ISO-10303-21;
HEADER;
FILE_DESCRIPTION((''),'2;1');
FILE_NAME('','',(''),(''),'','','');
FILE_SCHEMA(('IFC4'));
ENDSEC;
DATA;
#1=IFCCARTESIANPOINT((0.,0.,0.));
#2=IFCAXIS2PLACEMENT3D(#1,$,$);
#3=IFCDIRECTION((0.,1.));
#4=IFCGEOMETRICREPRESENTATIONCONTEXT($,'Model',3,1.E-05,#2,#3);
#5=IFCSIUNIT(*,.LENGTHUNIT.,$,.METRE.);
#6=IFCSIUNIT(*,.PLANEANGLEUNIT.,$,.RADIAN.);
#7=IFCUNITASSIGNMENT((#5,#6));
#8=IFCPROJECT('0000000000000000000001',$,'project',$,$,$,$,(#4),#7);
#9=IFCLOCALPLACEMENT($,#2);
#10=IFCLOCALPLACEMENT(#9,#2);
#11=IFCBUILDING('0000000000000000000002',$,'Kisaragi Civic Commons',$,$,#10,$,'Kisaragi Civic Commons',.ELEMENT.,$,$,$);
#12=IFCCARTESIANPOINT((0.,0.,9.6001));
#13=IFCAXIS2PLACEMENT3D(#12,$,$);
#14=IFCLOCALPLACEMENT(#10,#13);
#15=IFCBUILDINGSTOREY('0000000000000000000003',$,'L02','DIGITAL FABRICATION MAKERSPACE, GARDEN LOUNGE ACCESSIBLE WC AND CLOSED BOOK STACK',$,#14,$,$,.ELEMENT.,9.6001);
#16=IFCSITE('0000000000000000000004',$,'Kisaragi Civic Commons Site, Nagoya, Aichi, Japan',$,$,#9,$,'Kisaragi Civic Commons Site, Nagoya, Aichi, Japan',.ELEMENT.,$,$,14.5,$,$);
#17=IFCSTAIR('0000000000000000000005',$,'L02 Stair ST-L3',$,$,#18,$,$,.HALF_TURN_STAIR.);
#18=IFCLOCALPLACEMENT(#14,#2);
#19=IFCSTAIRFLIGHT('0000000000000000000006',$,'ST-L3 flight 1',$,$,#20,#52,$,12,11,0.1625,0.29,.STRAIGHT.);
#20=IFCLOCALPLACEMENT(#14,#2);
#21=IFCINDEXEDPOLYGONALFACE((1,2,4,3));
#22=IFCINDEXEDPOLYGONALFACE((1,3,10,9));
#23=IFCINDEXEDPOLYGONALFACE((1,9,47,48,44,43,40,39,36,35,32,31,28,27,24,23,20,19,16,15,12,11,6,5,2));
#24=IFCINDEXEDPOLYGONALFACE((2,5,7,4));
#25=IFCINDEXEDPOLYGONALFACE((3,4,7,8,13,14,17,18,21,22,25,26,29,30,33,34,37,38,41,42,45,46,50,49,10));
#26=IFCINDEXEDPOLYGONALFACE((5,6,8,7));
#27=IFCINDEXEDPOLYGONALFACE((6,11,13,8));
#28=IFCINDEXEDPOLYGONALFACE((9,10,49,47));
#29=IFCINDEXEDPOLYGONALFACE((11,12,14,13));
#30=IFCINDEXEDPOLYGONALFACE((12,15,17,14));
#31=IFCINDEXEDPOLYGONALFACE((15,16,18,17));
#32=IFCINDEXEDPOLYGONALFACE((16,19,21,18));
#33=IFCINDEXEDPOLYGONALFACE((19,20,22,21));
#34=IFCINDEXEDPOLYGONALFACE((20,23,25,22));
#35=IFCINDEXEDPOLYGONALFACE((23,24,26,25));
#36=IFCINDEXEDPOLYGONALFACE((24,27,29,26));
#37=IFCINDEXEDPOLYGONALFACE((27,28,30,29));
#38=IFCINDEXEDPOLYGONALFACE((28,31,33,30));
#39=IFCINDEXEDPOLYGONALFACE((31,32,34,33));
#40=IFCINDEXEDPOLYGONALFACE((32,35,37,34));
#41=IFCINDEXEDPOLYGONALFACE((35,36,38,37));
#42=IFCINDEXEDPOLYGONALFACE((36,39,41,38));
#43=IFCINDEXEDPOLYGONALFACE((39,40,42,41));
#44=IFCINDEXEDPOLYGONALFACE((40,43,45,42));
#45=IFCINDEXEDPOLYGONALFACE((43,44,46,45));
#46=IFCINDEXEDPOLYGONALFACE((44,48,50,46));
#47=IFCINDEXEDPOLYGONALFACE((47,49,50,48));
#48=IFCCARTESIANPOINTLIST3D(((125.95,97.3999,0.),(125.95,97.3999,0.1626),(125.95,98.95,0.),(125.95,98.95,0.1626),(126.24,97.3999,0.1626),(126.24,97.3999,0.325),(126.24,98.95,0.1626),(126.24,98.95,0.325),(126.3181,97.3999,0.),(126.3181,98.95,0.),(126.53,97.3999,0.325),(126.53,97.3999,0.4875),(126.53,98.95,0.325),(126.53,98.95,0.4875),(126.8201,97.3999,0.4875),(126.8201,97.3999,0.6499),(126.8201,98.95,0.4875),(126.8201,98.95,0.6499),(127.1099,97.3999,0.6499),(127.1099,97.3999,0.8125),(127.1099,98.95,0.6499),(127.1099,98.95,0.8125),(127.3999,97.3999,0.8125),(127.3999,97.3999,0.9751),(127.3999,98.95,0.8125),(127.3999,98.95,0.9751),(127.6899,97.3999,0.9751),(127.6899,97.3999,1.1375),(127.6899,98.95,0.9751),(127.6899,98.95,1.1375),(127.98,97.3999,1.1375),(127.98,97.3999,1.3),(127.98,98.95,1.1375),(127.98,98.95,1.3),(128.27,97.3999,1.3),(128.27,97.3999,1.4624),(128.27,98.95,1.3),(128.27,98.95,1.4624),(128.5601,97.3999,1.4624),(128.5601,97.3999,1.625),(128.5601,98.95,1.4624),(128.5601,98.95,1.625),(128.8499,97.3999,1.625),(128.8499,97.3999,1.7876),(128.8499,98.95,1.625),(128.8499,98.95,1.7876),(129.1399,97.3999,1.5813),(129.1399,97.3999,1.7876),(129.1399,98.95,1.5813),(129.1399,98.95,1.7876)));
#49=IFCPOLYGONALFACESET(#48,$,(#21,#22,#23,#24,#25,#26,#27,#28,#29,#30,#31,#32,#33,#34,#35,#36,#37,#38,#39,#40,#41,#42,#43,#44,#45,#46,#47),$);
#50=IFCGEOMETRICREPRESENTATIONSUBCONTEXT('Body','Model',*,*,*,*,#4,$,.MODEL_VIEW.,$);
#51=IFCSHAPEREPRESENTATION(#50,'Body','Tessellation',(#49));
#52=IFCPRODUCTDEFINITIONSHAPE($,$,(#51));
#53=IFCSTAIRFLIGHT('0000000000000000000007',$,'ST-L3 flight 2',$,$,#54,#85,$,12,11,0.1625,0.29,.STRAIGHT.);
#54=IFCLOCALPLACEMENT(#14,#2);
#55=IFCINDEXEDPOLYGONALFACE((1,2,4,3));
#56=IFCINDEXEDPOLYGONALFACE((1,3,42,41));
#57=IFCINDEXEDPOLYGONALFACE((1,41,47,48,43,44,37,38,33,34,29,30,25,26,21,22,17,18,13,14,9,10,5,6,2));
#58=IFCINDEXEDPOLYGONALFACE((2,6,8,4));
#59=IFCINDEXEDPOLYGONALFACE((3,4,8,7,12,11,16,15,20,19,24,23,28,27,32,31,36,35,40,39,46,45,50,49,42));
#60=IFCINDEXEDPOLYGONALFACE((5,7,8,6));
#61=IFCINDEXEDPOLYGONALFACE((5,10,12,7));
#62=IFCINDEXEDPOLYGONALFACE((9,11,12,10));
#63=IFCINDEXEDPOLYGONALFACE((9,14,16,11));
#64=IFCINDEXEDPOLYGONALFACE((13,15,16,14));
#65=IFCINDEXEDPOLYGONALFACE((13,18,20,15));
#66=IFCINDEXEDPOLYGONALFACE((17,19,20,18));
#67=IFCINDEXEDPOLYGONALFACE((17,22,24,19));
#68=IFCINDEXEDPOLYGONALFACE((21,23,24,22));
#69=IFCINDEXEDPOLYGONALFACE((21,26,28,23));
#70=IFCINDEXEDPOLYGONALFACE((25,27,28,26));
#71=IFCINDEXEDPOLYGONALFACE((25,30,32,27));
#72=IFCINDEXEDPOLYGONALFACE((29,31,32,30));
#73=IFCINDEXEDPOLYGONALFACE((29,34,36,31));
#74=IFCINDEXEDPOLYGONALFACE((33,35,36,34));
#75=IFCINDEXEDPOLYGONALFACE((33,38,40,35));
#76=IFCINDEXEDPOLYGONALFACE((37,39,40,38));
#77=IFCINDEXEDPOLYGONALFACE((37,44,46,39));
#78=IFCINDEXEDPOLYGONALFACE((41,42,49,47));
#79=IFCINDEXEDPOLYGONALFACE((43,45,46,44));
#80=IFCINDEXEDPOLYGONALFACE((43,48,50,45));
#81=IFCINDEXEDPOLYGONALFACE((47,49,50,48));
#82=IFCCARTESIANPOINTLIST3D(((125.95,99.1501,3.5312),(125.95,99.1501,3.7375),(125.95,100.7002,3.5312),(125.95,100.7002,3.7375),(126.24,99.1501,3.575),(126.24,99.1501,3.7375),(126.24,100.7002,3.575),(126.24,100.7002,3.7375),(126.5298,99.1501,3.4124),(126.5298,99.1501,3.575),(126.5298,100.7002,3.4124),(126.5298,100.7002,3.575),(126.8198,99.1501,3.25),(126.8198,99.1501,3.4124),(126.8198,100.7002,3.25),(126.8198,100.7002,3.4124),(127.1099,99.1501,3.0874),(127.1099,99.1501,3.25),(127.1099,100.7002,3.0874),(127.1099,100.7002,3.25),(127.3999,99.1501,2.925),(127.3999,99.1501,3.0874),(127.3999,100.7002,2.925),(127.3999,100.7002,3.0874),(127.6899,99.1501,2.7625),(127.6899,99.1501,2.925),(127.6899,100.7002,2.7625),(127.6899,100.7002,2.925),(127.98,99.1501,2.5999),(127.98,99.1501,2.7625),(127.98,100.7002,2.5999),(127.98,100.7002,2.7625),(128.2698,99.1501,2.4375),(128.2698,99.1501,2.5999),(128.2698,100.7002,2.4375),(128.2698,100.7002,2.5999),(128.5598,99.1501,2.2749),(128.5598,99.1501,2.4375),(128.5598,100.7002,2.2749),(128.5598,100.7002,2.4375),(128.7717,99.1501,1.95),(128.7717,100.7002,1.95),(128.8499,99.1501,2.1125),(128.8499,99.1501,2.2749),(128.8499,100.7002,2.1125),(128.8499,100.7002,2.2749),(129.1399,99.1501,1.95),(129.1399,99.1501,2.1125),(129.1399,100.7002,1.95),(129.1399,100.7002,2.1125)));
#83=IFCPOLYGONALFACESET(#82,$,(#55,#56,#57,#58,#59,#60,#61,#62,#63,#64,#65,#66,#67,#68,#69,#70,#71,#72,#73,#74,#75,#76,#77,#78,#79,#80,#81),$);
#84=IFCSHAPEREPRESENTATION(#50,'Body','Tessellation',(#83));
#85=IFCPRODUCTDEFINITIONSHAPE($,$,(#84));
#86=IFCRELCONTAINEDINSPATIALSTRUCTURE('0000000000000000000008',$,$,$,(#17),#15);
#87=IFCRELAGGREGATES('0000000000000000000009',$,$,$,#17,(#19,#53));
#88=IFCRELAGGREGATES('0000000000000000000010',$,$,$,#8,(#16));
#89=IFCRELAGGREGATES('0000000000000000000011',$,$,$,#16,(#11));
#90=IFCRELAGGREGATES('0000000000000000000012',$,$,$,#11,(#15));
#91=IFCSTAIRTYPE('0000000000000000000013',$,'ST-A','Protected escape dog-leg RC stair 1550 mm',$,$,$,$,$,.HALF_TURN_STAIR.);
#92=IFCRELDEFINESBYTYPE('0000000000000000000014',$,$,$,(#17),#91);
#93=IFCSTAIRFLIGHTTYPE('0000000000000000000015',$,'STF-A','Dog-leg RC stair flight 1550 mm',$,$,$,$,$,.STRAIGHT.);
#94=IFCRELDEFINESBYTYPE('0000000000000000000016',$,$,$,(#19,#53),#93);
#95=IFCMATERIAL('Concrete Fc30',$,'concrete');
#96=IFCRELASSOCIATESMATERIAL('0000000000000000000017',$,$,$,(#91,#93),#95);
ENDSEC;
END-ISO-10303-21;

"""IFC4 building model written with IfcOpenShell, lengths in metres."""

from ifc_helpers import new_model, si_unit, direction, frame, origin, place, context, subcontext, project, spatial, polyline, outline, extrude, material, type_object, element, aggregate, save


model = new_model("IFC4")

# Units and contexts
model_context = context("Model", 3, precision=1e-05, world=origin(), true_north=direction((0.0, 1.0)))
body_context = subcontext(model_context, "Body", "Model", "MODEL_VIEW")
ifc_project = project(units=[si_unit("LENGTHUNIT", "METRE"), si_unit("PLANEANGLEUNIT", "RADIAN")], contexts=[model_context])

# Site, building, storey
site_placement = place(None, origin())
site = spatial("IfcSite", under=ifc_project, at=site_placement, Name="Kisaragi Civic Commons Site, Nagoya, Aichi, Japan", LongName="Kisaragi Civic Commons Site, Nagoya, Aichi, Japan", CompositionType="ELEMENT", RefElevation=14.5)
building_placement = place(site_placement, origin())
building = spatial("IfcBuilding", under=site, at=building_placement, Name="Kisaragi Civic Commons", LongName="Kisaragi Civic Commons", CompositionType="ELEMENT")
storey_placement = place(building_placement, frame((0.0, 0.0, 9.6001)))
storey = spatial("IfcBuildingStorey", under=building, at=storey_placement, Name="L02", Description="DIGITAL FABRICATION MAKERSPACE, GARDEN LOUNGE ACCESSIBLE WC AND CLOSED BOOK STACK", CompositionType="ELEMENT", Elevation=9.6001)

# Shared definitions
ifc_material_1 = material(Name="Concrete Fc30", Category="concrete")

# Stair, stair flights
stair_type = type_object("IfcStairType", Name="ST-A", Description="Protected escape dog-leg RC stair 1550 mm", PredefinedType="HALF_TURN_STAIR", material=ifc_material_1)
stair_placement = place(storey_placement, origin())
stair = element("IfcStair", 1, at=stair_placement, inside=storey, type_object=stair_type, Name="L02 Stair ST-L3", PredefinedType="HALF_TURN_STAIR")
stair_flight_type = type_object("IfcStairFlightType", Name="STF-A", Description="Dog-leg RC stair flight 1550 mm", PredefinedType="STRAIGHT", material=ifc_material_1)
stair_flight_1_placement = place(storey_placement, frame((125.95, 98.175, 0.0), z_axis=(0.0, 0.0, 1.0), x_axis=(1.0, 0.0, 0.0)))
stair_flight_1 = element("IfcStairFlight", 2, at=stair_flight_1_placement, type_object=stair_flight_type, Name="ST-L3 flight 1", NumberOfRisers=12, NumberOfTreads=11, PredefinedType="STRAIGHT", RiserHeight=0.1625, TreadLength=0.29, context=body_context, shape_type="SweptSolid", body=[
    extrude(outline(polyline([(0.0, 0.0), (0.0, 0.1626), (0.29, 0.1626), (0.29, 0.325), (0.5801, 0.325), (0.5801, 0.4875), (0.8701, 0.4875), (0.8701, 0.6499), (1.1599, 0.6499), (1.1599, 0.8125), (1.45, 0.8125), (1.45, 0.9751), (1.74, 0.9751), (1.74, 1.1375), (2.03, 1.1375), (2.03, 1.3), (2.3201, 1.3), (2.3201, 1.4624), (2.6101, 1.4624), (2.6101, 1.625), (2.8999, 1.625), (2.8999, 1.7876), (3.1899, 1.7876), (3.1899, 1.95), (3.1899, 1.5813), (0.3682, 0.0), (0.0, 0.0)])), frame((0.0, 0.7749, 0.0), z_axis=(0.0, -1.0, 0.0), x_axis=(1.0, 0.0, 0.0)), (0.0, 0.0, 1.0), 1.55),
])
stair_flight_2_placement = place(storey_placement, frame((129.1399, 99.925, 1.95), z_axis=(0.0, 0.0, 1.0), x_axis=(-1.0, 0.0, 0.0)))
stair_flight_2 = element("IfcStairFlight", 3, at=stair_flight_2_placement, type_object=stair_flight_type, Name="ST-L3 flight 2", NumberOfRisers=12, NumberOfTreads=11, PredefinedType="STRAIGHT", RiserHeight=0.1625, TreadLength=0.29, context=body_context, shape_type="SweptSolid", body=[
    extrude(outline(polyline([(0.0, 0.0), (0.0, 0.1626), (0.29, 0.1626), (0.29, 0.325), (0.5801, 0.325), (0.5801, 0.4875), (0.8701, 0.4875), (0.8701, 0.6499), (1.1599, 0.6499), (1.1599, 0.8125), (1.45, 0.8125), (1.45, 0.9751), (1.74, 0.9751), (1.74, 1.1375), (2.03, 1.1375), (2.03, 1.3), (2.3201, 1.3), (2.3201, 1.4624), (2.6101, 1.4624), (2.6101, 1.625), (2.8999, 1.625), (2.8999, 1.7876), (3.1899, 1.7876), (3.1899, 1.95), (3.1899, 1.5813), (0.3682, 0.0), (0.0, 0.0)])), frame((0.0, 0.7749, 0.0), z_axis=(0.0, -1.0, 0.0), x_axis=(1.0, 0.0, 0.0)), (0.0, 0.0, 1.0), 1.55),
])
aggregate(stair, [stair_flight_1, stair_flight_2])

save(model, "model.ifc")
